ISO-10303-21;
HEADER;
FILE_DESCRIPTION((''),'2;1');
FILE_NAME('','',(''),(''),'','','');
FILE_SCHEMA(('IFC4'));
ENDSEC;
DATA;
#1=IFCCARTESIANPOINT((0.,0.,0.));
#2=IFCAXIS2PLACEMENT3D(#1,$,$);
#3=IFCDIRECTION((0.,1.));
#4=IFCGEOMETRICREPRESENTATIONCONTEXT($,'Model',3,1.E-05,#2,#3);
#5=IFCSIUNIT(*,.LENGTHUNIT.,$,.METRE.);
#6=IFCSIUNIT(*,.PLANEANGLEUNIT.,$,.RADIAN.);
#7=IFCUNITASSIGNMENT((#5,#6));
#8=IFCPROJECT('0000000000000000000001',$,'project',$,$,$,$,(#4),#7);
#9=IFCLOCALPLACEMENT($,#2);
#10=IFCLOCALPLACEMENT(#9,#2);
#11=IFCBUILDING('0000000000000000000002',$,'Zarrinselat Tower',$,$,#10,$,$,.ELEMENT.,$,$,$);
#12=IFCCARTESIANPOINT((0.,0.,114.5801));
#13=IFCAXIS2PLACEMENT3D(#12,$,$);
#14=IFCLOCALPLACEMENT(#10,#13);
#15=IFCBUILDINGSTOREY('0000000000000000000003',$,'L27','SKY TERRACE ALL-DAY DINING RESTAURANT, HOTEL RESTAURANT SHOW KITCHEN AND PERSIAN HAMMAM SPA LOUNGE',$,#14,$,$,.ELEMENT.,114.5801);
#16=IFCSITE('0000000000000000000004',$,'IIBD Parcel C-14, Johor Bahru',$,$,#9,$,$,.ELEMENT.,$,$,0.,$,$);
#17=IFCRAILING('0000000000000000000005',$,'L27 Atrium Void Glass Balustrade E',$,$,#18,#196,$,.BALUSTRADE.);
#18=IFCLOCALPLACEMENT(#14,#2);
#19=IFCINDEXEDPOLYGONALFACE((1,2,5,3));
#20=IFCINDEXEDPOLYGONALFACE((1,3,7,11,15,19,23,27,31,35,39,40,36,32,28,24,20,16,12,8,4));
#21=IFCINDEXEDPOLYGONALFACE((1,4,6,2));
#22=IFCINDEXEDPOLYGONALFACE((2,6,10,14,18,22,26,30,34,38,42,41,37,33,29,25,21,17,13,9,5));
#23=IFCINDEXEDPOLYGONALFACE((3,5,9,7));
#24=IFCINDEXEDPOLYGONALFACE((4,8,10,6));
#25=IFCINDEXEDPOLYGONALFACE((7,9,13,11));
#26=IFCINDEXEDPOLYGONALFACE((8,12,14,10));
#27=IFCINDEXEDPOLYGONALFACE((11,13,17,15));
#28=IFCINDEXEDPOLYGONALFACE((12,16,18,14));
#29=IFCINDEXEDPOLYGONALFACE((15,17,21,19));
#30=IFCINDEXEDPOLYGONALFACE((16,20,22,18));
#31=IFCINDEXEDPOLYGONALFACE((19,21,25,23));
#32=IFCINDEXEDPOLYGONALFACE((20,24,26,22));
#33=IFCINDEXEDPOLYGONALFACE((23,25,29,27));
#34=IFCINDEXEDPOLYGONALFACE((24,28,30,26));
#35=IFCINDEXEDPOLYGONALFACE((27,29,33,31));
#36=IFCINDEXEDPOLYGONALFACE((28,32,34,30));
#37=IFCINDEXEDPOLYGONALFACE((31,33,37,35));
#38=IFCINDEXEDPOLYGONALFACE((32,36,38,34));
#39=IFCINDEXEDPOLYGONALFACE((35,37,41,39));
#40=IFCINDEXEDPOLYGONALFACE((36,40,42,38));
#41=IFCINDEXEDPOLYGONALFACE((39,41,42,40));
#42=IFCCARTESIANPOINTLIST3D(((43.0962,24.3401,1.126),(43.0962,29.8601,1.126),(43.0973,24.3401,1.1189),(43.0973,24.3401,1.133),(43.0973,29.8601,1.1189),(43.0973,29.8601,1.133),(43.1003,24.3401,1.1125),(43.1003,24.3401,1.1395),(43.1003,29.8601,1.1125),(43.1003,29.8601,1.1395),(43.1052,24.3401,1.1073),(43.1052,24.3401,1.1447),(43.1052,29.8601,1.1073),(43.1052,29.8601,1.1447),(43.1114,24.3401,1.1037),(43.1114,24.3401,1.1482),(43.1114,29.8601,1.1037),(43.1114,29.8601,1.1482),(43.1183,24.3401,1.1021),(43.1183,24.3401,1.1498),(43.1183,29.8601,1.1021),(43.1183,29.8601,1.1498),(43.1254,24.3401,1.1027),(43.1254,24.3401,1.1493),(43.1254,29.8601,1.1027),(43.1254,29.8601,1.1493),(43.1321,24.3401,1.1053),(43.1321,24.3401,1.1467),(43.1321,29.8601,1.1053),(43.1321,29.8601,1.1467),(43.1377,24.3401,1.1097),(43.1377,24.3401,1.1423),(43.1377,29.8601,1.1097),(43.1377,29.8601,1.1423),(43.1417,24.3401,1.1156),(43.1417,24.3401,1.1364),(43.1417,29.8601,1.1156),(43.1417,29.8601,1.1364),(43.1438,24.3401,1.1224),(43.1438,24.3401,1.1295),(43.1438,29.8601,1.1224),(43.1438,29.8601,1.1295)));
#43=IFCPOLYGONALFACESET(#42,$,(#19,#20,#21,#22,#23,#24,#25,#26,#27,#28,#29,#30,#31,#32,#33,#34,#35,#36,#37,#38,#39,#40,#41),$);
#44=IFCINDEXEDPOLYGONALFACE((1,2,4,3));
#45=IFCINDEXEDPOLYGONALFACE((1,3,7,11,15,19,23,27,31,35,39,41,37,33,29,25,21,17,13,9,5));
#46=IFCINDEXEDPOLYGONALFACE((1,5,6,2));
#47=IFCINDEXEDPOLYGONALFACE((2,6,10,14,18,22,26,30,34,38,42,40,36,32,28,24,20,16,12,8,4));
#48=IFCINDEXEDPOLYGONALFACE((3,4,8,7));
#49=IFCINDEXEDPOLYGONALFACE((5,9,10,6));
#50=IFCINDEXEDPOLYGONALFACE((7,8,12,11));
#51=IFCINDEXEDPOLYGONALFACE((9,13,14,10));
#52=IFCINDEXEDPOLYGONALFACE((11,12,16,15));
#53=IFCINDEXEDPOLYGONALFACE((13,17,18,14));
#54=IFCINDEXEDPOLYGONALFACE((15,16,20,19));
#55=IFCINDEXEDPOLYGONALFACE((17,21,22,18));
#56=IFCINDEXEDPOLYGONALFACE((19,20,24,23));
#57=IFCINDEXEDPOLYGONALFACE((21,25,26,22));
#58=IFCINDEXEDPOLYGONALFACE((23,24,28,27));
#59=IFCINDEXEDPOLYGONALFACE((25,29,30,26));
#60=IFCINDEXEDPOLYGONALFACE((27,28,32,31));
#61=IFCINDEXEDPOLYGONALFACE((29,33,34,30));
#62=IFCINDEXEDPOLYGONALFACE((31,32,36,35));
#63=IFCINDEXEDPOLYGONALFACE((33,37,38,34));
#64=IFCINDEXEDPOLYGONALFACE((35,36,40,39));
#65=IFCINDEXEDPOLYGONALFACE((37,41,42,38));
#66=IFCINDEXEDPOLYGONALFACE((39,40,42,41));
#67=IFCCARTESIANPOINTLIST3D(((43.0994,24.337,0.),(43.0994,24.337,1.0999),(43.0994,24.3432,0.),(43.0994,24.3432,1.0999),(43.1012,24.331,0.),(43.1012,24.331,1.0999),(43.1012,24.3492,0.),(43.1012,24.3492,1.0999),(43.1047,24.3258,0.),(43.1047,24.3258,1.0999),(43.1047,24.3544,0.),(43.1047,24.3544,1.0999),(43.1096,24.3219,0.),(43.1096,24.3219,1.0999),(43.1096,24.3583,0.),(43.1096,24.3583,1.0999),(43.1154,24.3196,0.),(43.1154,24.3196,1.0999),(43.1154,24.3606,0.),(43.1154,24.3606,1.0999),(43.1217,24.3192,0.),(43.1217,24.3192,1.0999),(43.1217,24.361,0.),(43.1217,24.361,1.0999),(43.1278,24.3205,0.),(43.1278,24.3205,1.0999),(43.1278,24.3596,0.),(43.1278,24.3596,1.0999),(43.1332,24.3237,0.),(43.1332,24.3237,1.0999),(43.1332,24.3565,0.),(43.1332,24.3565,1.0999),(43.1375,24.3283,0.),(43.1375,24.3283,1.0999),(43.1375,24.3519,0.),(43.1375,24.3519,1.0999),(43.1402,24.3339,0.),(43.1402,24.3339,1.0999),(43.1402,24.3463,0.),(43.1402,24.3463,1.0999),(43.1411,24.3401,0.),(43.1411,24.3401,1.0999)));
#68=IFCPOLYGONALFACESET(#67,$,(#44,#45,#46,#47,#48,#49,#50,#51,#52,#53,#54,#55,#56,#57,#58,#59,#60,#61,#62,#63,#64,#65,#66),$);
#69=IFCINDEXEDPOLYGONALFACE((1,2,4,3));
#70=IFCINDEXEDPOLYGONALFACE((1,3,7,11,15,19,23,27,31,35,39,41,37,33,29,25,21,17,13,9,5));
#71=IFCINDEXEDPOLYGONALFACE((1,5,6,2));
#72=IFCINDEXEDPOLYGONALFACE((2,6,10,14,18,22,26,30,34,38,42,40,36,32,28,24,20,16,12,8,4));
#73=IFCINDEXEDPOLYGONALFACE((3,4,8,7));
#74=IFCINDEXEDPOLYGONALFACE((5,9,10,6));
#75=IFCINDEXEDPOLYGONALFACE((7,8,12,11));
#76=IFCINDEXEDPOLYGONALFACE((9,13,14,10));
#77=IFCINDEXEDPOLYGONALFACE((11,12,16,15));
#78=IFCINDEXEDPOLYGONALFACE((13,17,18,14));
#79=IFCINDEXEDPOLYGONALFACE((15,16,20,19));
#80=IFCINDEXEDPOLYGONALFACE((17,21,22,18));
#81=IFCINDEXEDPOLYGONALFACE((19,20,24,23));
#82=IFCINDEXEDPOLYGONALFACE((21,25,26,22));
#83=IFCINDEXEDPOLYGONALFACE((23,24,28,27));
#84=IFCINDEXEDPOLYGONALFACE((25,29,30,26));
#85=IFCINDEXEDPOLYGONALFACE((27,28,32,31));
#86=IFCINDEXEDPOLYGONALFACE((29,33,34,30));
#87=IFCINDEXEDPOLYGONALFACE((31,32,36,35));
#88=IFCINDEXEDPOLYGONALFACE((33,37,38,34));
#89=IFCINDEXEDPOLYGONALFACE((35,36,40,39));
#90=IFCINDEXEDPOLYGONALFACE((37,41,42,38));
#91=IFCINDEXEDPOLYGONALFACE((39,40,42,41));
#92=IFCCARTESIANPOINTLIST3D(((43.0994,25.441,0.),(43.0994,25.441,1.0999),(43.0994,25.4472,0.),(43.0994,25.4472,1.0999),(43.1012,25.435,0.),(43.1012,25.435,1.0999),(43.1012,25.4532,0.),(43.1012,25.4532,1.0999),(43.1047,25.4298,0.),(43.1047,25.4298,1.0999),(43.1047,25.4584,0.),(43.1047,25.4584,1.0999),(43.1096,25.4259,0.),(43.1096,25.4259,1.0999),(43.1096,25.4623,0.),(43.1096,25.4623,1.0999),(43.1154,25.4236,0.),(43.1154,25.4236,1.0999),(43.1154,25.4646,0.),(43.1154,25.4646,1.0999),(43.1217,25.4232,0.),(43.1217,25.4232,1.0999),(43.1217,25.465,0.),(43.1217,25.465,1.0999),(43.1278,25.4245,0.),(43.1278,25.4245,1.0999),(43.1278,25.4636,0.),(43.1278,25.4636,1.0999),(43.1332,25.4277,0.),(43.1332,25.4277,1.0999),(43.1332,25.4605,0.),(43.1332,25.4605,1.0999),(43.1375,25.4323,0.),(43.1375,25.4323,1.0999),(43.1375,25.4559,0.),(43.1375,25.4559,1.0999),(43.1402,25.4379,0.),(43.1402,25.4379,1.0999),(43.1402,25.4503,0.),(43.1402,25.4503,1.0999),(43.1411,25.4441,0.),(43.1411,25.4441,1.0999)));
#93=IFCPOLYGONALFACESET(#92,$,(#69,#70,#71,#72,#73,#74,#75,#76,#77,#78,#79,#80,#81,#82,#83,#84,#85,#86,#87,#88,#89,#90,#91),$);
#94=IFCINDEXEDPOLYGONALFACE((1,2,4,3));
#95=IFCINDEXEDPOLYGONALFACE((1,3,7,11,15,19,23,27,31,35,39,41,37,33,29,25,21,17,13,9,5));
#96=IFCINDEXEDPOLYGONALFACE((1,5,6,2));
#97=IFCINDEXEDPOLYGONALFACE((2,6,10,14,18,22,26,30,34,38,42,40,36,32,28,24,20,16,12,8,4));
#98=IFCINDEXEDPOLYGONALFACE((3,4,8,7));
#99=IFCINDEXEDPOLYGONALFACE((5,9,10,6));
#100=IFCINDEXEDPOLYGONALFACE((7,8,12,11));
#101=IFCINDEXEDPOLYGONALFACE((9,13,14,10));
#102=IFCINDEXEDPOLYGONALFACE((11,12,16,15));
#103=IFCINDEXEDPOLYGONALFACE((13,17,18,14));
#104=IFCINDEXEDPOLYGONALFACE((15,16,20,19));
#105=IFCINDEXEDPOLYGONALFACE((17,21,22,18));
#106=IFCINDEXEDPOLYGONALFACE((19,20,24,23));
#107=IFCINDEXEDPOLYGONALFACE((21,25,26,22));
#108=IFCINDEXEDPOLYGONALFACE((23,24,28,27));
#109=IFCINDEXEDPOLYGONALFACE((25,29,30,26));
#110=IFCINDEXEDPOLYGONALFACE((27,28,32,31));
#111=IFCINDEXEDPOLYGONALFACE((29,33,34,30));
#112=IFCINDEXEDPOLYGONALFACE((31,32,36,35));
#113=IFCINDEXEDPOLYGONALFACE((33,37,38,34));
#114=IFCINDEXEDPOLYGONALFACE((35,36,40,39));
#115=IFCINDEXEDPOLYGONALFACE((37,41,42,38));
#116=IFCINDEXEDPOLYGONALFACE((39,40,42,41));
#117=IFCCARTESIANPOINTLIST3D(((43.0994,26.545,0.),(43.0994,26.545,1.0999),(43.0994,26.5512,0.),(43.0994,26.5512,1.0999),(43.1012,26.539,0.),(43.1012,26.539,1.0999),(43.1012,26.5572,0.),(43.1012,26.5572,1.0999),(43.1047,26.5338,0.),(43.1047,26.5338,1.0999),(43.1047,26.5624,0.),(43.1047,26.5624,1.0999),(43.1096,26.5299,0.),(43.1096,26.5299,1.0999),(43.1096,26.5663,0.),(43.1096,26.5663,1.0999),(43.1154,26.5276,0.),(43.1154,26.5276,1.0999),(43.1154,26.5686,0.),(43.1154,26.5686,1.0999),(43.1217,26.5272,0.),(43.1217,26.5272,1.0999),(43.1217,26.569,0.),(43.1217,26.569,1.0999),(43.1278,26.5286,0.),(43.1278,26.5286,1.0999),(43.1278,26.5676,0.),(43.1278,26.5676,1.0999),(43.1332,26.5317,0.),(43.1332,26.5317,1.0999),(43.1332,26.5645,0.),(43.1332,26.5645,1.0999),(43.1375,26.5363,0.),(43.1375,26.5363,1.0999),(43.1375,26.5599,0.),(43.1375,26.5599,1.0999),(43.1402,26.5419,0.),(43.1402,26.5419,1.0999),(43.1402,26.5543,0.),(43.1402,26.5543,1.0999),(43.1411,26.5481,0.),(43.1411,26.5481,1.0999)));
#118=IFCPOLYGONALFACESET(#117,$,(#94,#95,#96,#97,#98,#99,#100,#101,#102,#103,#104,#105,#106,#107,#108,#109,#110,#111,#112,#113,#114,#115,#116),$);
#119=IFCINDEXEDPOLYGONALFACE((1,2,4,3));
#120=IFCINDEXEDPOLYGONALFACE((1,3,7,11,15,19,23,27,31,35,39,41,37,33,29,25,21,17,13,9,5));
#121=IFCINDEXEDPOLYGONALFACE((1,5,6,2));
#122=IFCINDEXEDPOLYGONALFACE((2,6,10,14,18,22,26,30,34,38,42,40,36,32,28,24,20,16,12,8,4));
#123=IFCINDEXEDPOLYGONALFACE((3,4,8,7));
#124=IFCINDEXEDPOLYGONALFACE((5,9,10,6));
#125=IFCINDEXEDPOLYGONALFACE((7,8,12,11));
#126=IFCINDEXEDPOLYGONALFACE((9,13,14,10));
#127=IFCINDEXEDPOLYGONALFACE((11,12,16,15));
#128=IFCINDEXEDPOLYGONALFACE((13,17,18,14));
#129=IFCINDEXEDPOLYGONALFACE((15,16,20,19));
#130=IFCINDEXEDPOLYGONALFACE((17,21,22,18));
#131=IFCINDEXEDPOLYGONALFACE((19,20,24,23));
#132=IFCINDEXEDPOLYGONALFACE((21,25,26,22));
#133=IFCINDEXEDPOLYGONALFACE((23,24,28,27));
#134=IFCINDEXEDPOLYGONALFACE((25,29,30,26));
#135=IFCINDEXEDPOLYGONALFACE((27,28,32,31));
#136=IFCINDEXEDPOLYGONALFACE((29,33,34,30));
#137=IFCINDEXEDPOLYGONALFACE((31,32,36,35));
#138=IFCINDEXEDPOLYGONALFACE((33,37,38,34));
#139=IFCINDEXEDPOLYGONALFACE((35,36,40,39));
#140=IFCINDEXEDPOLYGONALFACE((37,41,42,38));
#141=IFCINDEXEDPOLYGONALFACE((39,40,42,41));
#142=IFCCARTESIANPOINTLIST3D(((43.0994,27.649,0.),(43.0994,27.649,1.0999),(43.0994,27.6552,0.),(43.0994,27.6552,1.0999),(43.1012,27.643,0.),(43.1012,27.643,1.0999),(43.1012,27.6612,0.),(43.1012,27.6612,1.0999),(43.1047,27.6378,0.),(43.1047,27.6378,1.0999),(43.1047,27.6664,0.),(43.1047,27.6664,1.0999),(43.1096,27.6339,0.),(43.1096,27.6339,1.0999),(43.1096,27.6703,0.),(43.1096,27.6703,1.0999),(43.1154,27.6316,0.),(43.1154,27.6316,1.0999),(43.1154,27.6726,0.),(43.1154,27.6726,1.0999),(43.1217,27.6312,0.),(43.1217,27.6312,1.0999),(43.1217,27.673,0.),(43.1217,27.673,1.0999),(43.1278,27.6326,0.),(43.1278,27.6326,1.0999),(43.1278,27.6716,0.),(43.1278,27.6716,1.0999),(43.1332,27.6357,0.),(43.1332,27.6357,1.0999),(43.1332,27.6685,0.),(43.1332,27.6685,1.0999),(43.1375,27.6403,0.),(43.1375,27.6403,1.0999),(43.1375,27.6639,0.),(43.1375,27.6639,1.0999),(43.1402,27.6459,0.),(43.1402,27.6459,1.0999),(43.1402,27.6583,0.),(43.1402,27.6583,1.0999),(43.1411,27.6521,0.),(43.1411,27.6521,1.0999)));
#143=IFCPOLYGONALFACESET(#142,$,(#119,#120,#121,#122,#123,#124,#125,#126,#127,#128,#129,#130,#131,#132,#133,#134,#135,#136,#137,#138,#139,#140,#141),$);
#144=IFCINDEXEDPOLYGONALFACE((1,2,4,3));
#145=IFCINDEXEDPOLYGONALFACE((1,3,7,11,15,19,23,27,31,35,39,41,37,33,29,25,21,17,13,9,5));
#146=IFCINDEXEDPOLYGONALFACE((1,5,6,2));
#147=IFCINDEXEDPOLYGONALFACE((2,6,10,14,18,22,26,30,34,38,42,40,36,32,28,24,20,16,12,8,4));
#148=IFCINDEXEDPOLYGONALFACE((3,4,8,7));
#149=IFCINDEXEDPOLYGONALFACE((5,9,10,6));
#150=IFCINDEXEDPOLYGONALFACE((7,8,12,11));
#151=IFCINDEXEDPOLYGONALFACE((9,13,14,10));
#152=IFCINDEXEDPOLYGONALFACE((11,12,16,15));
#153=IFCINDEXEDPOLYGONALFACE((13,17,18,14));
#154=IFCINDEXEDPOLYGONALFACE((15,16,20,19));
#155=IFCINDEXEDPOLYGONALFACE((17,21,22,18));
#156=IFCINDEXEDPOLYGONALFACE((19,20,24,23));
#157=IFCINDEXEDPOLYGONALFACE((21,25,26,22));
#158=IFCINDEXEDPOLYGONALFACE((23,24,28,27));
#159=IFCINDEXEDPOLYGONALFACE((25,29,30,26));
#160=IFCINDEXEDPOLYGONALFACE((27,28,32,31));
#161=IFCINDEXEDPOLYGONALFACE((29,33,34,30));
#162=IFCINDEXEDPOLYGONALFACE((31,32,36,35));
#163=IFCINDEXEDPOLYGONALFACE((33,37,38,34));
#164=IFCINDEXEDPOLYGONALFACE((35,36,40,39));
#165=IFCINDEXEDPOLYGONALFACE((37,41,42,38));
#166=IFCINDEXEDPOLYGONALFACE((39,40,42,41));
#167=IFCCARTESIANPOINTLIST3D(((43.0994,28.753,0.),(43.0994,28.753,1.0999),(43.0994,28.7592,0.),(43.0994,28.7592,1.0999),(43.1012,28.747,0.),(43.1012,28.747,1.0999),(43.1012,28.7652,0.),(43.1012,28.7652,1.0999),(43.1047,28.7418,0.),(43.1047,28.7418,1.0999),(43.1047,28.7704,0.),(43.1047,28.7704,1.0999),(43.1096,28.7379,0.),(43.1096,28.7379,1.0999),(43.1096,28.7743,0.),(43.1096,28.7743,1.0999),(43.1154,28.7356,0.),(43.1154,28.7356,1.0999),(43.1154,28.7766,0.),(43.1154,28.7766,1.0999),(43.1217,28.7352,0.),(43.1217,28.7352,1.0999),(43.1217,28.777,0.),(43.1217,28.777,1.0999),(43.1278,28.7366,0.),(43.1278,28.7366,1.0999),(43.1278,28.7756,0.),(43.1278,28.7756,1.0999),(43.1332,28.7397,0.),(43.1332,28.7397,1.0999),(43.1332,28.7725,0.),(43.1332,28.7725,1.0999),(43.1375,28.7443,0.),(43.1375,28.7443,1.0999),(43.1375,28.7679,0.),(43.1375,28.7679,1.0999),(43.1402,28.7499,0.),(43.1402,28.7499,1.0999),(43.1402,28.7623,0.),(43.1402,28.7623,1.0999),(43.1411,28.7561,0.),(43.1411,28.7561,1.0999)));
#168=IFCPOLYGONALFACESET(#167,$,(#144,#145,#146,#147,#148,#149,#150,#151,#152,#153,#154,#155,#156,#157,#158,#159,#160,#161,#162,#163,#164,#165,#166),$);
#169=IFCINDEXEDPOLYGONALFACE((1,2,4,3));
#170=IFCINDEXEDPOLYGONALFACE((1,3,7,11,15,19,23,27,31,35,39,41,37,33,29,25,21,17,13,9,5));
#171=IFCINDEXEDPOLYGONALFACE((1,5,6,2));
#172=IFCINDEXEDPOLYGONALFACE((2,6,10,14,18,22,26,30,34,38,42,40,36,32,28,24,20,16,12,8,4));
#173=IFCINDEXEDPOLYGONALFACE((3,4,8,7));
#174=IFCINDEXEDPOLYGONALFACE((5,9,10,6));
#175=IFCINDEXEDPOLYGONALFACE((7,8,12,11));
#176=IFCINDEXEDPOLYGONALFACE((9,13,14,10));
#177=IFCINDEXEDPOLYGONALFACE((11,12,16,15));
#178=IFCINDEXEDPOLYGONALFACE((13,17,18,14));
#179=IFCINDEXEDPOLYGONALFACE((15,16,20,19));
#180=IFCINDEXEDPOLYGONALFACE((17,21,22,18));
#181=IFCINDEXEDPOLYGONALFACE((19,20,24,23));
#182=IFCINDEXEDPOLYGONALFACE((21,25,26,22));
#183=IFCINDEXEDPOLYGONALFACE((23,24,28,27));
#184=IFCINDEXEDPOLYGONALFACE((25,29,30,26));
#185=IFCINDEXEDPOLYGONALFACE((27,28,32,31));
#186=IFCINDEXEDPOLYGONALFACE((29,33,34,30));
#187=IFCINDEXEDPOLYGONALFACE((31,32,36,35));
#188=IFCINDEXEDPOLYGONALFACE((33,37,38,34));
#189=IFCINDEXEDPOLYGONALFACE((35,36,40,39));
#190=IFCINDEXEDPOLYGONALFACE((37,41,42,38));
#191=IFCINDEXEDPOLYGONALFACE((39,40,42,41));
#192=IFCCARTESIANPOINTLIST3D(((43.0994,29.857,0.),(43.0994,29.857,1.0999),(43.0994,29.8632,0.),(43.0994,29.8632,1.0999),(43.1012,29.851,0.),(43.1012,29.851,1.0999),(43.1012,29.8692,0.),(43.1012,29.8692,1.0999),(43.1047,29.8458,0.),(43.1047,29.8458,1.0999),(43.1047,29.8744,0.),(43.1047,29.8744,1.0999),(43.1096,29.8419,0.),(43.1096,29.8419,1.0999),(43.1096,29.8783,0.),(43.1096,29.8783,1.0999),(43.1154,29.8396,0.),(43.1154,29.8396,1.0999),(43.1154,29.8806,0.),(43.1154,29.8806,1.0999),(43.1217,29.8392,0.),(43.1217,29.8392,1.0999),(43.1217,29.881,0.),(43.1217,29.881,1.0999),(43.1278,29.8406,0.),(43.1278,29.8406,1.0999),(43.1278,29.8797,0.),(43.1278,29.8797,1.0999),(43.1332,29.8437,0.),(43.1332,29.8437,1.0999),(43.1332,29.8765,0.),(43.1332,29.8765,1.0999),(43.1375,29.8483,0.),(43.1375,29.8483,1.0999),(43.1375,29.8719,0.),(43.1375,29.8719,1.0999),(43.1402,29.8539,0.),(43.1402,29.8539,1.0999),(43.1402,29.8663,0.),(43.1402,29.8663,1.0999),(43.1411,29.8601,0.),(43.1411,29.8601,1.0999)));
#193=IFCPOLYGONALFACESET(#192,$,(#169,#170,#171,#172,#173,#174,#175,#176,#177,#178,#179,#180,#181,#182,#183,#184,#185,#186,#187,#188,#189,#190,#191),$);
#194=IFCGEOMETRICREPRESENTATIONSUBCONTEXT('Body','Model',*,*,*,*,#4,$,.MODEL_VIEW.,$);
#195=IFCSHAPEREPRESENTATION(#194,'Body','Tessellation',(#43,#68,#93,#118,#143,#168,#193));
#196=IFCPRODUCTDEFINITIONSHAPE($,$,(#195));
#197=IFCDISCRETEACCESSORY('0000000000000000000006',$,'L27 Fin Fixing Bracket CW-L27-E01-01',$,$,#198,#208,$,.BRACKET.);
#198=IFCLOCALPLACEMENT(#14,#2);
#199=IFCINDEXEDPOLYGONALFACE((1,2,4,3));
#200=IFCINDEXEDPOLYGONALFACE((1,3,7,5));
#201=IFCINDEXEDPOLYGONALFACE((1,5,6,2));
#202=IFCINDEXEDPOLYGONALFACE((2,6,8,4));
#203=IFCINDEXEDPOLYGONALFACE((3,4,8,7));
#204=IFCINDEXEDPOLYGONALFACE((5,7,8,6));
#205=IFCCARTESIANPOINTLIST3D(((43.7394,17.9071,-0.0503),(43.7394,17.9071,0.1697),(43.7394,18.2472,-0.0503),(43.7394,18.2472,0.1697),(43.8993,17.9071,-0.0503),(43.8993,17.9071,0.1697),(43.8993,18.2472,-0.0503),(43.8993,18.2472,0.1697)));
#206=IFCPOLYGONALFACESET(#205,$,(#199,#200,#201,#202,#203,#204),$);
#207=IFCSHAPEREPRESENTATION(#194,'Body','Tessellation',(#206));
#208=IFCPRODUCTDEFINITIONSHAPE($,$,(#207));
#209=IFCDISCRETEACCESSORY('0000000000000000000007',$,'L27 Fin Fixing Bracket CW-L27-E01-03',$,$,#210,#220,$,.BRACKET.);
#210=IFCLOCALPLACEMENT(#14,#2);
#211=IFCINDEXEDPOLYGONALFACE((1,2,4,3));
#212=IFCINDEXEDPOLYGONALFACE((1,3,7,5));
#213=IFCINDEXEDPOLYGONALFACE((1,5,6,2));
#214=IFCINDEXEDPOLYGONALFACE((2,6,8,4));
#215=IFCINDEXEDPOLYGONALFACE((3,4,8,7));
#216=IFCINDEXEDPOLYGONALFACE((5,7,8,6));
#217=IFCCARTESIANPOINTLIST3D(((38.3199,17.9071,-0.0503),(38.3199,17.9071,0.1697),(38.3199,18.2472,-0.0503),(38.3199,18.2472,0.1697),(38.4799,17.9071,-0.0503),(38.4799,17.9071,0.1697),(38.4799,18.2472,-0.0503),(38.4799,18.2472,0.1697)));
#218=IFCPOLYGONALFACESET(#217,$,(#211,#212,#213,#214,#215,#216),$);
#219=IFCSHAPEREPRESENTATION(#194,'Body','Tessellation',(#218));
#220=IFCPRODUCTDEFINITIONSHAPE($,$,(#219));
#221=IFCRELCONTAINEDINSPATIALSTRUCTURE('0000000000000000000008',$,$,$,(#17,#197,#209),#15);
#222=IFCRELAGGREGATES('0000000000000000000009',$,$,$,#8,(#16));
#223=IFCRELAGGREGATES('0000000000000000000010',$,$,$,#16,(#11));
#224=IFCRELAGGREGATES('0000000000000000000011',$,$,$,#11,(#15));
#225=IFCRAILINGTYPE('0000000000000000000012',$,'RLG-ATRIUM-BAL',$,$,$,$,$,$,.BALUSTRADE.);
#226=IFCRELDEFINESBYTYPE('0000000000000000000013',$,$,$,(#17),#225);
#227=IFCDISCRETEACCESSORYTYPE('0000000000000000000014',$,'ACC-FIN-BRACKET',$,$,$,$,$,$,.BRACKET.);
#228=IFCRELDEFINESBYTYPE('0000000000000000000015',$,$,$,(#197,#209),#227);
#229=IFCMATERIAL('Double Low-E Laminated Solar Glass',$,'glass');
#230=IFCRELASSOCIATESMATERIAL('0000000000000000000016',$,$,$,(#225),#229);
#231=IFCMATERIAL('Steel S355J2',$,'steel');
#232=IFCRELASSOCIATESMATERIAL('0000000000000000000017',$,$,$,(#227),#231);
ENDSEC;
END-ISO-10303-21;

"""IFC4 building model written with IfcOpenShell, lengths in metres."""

from ifc_helpers import new_model, si_unit, direction, frame, origin, origin_2d, place, context, subcontext, project, spatial, rectangle, circle, extrude, material, type_object, element, save


model = new_model("IFC4")

# Units and contexts
model_context = context("Model", 3, precision=1e-05, world=origin(), true_north=direction((0.0, 1.0)))
body_context = subcontext(model_context, "Body", "Model", "MODEL_VIEW")
ifc_project = project(units=[si_unit("LENGTHUNIT", "METRE"), si_unit("PLANEANGLEUNIT", "RADIAN")], contexts=[model_context])

# Site, building, storey
site_placement = place(None, origin())
site = spatial("IfcSite", under=ifc_project, at=site_placement, Name="IIBD Parcel C-14, Johor Bahru", CompositionType="ELEMENT", RefElevation=0.0)
building_placement = place(site_placement, origin())
building = spatial("IfcBuilding", under=site, at=building_placement, Name="Zarrinselat Tower", CompositionType="ELEMENT")
storey_placement = place(building_placement, frame((0.0, 0.0, 114.5801)))
storey = spatial("IfcBuildingStorey", under=building, at=storey_placement, Name="L27", Description="SKY TERRACE ALL-DAY DINING RESTAURANT, HOTEL RESTAURANT SHOW KITCHEN AND PERSIAN HAMMAM SPA LOUNGE", CompositionType="ELEMENT", Elevation=114.5801)

# Railing
ifc_material_1 = material(Name="Double Low-E Laminated Solar Glass", Category="glass")
railing_type = type_object("IfcRailingType", Name="RLG-ATRIUM-BAL", PredefinedType="BALUSTRADE", material=ifc_material_1)
railing_placement = place(storey_placement, frame((43.1201, 24.3401, 0.0)))
element("IfcRailing", 1, at=railing_placement, inside=storey, type_object=railing_type, Name="L27 Atrium Void Glass Balustrade E", PredefinedType="BALUSTRADE", context=body_context, shape_type="SweptSolid", body=[
    extrude(circle(Radius=0.0239, at=origin_2d()), frame((0.0, 0.0, 1.126), z_axis=(0.0, 1.0, 0.0), x_axis=(-1.0, 0.0, 0.0)), (0.0, 0.0, 1.0), 5.52),
    extrude(circle(Radius=0.021, at=origin_2d()), origin(), (0.0, 0.0, 1.0), 1.0999),
    extrude(circle(Radius=0.021, at=origin_2d()), frame((0.0, 1.104, 0.0)), (0.0, 0.0, 1.0), 1.0999),
    extrude(circle(Radius=0.021, at=origin_2d()), frame((0.0, 2.208, 0.0)), (0.0, 0.0, 1.0), 1.0999),
    extrude(circle(Radius=0.021, at=origin_2d()), frame((0.0, 3.312, 0.0)), (0.0, 0.0, 1.0), 1.0999),
    extrude(circle(Radius=0.021, at=origin_2d()), frame((0.0, 4.416, 0.0)), (0.0, 0.0, 1.0), 1.0999),
    extrude(circle(Radius=0.021, at=origin_2d()), frame((0.0, 5.52, 0.0)), (0.0, 0.0, 1.0), 1.0999),
])

# Discrete accessories
ifc_material_2 = material(Name="Steel S355J2", Category="steel")
discrete_accessory_type = type_object("IfcDiscreteAccessoryType", Name="ACC-FIN-BRACKET", PredefinedType="BRACKET", material=ifc_material_2)
for number, where, z_axis, x_axis, name in (
    (2, (43.8193, 18.0771, -0.0503), (0.0, 0.0, 1.0), (0.0, -1.0, 0.0), "L27 Fin Fixing Bracket CW-L27-E01-01"),
    (3, (38.3999, 18.0771, -0.0503), (0.0, 0.0, 1.0), (0.0, -1.0, 0.0), "L27 Fin Fixing Bracket CW-L27-E01-03"),
):
    element("IfcDiscreteAccessory", number, at=place(storey_placement, frame(where, z_axis=z_axis, x_axis=x_axis)), inside=storey, type_object=discrete_accessory_type, Name=name, PredefinedType="BRACKET", context=body_context, shape_type="SweptSolid", body=[
        extrude(rectangle(XDim=0.3401, YDim=0.1599, at=origin_2d()), origin(), (0.0, 0.0, 1.0), 0.22),
    ])

save(model, "model.ifc")
